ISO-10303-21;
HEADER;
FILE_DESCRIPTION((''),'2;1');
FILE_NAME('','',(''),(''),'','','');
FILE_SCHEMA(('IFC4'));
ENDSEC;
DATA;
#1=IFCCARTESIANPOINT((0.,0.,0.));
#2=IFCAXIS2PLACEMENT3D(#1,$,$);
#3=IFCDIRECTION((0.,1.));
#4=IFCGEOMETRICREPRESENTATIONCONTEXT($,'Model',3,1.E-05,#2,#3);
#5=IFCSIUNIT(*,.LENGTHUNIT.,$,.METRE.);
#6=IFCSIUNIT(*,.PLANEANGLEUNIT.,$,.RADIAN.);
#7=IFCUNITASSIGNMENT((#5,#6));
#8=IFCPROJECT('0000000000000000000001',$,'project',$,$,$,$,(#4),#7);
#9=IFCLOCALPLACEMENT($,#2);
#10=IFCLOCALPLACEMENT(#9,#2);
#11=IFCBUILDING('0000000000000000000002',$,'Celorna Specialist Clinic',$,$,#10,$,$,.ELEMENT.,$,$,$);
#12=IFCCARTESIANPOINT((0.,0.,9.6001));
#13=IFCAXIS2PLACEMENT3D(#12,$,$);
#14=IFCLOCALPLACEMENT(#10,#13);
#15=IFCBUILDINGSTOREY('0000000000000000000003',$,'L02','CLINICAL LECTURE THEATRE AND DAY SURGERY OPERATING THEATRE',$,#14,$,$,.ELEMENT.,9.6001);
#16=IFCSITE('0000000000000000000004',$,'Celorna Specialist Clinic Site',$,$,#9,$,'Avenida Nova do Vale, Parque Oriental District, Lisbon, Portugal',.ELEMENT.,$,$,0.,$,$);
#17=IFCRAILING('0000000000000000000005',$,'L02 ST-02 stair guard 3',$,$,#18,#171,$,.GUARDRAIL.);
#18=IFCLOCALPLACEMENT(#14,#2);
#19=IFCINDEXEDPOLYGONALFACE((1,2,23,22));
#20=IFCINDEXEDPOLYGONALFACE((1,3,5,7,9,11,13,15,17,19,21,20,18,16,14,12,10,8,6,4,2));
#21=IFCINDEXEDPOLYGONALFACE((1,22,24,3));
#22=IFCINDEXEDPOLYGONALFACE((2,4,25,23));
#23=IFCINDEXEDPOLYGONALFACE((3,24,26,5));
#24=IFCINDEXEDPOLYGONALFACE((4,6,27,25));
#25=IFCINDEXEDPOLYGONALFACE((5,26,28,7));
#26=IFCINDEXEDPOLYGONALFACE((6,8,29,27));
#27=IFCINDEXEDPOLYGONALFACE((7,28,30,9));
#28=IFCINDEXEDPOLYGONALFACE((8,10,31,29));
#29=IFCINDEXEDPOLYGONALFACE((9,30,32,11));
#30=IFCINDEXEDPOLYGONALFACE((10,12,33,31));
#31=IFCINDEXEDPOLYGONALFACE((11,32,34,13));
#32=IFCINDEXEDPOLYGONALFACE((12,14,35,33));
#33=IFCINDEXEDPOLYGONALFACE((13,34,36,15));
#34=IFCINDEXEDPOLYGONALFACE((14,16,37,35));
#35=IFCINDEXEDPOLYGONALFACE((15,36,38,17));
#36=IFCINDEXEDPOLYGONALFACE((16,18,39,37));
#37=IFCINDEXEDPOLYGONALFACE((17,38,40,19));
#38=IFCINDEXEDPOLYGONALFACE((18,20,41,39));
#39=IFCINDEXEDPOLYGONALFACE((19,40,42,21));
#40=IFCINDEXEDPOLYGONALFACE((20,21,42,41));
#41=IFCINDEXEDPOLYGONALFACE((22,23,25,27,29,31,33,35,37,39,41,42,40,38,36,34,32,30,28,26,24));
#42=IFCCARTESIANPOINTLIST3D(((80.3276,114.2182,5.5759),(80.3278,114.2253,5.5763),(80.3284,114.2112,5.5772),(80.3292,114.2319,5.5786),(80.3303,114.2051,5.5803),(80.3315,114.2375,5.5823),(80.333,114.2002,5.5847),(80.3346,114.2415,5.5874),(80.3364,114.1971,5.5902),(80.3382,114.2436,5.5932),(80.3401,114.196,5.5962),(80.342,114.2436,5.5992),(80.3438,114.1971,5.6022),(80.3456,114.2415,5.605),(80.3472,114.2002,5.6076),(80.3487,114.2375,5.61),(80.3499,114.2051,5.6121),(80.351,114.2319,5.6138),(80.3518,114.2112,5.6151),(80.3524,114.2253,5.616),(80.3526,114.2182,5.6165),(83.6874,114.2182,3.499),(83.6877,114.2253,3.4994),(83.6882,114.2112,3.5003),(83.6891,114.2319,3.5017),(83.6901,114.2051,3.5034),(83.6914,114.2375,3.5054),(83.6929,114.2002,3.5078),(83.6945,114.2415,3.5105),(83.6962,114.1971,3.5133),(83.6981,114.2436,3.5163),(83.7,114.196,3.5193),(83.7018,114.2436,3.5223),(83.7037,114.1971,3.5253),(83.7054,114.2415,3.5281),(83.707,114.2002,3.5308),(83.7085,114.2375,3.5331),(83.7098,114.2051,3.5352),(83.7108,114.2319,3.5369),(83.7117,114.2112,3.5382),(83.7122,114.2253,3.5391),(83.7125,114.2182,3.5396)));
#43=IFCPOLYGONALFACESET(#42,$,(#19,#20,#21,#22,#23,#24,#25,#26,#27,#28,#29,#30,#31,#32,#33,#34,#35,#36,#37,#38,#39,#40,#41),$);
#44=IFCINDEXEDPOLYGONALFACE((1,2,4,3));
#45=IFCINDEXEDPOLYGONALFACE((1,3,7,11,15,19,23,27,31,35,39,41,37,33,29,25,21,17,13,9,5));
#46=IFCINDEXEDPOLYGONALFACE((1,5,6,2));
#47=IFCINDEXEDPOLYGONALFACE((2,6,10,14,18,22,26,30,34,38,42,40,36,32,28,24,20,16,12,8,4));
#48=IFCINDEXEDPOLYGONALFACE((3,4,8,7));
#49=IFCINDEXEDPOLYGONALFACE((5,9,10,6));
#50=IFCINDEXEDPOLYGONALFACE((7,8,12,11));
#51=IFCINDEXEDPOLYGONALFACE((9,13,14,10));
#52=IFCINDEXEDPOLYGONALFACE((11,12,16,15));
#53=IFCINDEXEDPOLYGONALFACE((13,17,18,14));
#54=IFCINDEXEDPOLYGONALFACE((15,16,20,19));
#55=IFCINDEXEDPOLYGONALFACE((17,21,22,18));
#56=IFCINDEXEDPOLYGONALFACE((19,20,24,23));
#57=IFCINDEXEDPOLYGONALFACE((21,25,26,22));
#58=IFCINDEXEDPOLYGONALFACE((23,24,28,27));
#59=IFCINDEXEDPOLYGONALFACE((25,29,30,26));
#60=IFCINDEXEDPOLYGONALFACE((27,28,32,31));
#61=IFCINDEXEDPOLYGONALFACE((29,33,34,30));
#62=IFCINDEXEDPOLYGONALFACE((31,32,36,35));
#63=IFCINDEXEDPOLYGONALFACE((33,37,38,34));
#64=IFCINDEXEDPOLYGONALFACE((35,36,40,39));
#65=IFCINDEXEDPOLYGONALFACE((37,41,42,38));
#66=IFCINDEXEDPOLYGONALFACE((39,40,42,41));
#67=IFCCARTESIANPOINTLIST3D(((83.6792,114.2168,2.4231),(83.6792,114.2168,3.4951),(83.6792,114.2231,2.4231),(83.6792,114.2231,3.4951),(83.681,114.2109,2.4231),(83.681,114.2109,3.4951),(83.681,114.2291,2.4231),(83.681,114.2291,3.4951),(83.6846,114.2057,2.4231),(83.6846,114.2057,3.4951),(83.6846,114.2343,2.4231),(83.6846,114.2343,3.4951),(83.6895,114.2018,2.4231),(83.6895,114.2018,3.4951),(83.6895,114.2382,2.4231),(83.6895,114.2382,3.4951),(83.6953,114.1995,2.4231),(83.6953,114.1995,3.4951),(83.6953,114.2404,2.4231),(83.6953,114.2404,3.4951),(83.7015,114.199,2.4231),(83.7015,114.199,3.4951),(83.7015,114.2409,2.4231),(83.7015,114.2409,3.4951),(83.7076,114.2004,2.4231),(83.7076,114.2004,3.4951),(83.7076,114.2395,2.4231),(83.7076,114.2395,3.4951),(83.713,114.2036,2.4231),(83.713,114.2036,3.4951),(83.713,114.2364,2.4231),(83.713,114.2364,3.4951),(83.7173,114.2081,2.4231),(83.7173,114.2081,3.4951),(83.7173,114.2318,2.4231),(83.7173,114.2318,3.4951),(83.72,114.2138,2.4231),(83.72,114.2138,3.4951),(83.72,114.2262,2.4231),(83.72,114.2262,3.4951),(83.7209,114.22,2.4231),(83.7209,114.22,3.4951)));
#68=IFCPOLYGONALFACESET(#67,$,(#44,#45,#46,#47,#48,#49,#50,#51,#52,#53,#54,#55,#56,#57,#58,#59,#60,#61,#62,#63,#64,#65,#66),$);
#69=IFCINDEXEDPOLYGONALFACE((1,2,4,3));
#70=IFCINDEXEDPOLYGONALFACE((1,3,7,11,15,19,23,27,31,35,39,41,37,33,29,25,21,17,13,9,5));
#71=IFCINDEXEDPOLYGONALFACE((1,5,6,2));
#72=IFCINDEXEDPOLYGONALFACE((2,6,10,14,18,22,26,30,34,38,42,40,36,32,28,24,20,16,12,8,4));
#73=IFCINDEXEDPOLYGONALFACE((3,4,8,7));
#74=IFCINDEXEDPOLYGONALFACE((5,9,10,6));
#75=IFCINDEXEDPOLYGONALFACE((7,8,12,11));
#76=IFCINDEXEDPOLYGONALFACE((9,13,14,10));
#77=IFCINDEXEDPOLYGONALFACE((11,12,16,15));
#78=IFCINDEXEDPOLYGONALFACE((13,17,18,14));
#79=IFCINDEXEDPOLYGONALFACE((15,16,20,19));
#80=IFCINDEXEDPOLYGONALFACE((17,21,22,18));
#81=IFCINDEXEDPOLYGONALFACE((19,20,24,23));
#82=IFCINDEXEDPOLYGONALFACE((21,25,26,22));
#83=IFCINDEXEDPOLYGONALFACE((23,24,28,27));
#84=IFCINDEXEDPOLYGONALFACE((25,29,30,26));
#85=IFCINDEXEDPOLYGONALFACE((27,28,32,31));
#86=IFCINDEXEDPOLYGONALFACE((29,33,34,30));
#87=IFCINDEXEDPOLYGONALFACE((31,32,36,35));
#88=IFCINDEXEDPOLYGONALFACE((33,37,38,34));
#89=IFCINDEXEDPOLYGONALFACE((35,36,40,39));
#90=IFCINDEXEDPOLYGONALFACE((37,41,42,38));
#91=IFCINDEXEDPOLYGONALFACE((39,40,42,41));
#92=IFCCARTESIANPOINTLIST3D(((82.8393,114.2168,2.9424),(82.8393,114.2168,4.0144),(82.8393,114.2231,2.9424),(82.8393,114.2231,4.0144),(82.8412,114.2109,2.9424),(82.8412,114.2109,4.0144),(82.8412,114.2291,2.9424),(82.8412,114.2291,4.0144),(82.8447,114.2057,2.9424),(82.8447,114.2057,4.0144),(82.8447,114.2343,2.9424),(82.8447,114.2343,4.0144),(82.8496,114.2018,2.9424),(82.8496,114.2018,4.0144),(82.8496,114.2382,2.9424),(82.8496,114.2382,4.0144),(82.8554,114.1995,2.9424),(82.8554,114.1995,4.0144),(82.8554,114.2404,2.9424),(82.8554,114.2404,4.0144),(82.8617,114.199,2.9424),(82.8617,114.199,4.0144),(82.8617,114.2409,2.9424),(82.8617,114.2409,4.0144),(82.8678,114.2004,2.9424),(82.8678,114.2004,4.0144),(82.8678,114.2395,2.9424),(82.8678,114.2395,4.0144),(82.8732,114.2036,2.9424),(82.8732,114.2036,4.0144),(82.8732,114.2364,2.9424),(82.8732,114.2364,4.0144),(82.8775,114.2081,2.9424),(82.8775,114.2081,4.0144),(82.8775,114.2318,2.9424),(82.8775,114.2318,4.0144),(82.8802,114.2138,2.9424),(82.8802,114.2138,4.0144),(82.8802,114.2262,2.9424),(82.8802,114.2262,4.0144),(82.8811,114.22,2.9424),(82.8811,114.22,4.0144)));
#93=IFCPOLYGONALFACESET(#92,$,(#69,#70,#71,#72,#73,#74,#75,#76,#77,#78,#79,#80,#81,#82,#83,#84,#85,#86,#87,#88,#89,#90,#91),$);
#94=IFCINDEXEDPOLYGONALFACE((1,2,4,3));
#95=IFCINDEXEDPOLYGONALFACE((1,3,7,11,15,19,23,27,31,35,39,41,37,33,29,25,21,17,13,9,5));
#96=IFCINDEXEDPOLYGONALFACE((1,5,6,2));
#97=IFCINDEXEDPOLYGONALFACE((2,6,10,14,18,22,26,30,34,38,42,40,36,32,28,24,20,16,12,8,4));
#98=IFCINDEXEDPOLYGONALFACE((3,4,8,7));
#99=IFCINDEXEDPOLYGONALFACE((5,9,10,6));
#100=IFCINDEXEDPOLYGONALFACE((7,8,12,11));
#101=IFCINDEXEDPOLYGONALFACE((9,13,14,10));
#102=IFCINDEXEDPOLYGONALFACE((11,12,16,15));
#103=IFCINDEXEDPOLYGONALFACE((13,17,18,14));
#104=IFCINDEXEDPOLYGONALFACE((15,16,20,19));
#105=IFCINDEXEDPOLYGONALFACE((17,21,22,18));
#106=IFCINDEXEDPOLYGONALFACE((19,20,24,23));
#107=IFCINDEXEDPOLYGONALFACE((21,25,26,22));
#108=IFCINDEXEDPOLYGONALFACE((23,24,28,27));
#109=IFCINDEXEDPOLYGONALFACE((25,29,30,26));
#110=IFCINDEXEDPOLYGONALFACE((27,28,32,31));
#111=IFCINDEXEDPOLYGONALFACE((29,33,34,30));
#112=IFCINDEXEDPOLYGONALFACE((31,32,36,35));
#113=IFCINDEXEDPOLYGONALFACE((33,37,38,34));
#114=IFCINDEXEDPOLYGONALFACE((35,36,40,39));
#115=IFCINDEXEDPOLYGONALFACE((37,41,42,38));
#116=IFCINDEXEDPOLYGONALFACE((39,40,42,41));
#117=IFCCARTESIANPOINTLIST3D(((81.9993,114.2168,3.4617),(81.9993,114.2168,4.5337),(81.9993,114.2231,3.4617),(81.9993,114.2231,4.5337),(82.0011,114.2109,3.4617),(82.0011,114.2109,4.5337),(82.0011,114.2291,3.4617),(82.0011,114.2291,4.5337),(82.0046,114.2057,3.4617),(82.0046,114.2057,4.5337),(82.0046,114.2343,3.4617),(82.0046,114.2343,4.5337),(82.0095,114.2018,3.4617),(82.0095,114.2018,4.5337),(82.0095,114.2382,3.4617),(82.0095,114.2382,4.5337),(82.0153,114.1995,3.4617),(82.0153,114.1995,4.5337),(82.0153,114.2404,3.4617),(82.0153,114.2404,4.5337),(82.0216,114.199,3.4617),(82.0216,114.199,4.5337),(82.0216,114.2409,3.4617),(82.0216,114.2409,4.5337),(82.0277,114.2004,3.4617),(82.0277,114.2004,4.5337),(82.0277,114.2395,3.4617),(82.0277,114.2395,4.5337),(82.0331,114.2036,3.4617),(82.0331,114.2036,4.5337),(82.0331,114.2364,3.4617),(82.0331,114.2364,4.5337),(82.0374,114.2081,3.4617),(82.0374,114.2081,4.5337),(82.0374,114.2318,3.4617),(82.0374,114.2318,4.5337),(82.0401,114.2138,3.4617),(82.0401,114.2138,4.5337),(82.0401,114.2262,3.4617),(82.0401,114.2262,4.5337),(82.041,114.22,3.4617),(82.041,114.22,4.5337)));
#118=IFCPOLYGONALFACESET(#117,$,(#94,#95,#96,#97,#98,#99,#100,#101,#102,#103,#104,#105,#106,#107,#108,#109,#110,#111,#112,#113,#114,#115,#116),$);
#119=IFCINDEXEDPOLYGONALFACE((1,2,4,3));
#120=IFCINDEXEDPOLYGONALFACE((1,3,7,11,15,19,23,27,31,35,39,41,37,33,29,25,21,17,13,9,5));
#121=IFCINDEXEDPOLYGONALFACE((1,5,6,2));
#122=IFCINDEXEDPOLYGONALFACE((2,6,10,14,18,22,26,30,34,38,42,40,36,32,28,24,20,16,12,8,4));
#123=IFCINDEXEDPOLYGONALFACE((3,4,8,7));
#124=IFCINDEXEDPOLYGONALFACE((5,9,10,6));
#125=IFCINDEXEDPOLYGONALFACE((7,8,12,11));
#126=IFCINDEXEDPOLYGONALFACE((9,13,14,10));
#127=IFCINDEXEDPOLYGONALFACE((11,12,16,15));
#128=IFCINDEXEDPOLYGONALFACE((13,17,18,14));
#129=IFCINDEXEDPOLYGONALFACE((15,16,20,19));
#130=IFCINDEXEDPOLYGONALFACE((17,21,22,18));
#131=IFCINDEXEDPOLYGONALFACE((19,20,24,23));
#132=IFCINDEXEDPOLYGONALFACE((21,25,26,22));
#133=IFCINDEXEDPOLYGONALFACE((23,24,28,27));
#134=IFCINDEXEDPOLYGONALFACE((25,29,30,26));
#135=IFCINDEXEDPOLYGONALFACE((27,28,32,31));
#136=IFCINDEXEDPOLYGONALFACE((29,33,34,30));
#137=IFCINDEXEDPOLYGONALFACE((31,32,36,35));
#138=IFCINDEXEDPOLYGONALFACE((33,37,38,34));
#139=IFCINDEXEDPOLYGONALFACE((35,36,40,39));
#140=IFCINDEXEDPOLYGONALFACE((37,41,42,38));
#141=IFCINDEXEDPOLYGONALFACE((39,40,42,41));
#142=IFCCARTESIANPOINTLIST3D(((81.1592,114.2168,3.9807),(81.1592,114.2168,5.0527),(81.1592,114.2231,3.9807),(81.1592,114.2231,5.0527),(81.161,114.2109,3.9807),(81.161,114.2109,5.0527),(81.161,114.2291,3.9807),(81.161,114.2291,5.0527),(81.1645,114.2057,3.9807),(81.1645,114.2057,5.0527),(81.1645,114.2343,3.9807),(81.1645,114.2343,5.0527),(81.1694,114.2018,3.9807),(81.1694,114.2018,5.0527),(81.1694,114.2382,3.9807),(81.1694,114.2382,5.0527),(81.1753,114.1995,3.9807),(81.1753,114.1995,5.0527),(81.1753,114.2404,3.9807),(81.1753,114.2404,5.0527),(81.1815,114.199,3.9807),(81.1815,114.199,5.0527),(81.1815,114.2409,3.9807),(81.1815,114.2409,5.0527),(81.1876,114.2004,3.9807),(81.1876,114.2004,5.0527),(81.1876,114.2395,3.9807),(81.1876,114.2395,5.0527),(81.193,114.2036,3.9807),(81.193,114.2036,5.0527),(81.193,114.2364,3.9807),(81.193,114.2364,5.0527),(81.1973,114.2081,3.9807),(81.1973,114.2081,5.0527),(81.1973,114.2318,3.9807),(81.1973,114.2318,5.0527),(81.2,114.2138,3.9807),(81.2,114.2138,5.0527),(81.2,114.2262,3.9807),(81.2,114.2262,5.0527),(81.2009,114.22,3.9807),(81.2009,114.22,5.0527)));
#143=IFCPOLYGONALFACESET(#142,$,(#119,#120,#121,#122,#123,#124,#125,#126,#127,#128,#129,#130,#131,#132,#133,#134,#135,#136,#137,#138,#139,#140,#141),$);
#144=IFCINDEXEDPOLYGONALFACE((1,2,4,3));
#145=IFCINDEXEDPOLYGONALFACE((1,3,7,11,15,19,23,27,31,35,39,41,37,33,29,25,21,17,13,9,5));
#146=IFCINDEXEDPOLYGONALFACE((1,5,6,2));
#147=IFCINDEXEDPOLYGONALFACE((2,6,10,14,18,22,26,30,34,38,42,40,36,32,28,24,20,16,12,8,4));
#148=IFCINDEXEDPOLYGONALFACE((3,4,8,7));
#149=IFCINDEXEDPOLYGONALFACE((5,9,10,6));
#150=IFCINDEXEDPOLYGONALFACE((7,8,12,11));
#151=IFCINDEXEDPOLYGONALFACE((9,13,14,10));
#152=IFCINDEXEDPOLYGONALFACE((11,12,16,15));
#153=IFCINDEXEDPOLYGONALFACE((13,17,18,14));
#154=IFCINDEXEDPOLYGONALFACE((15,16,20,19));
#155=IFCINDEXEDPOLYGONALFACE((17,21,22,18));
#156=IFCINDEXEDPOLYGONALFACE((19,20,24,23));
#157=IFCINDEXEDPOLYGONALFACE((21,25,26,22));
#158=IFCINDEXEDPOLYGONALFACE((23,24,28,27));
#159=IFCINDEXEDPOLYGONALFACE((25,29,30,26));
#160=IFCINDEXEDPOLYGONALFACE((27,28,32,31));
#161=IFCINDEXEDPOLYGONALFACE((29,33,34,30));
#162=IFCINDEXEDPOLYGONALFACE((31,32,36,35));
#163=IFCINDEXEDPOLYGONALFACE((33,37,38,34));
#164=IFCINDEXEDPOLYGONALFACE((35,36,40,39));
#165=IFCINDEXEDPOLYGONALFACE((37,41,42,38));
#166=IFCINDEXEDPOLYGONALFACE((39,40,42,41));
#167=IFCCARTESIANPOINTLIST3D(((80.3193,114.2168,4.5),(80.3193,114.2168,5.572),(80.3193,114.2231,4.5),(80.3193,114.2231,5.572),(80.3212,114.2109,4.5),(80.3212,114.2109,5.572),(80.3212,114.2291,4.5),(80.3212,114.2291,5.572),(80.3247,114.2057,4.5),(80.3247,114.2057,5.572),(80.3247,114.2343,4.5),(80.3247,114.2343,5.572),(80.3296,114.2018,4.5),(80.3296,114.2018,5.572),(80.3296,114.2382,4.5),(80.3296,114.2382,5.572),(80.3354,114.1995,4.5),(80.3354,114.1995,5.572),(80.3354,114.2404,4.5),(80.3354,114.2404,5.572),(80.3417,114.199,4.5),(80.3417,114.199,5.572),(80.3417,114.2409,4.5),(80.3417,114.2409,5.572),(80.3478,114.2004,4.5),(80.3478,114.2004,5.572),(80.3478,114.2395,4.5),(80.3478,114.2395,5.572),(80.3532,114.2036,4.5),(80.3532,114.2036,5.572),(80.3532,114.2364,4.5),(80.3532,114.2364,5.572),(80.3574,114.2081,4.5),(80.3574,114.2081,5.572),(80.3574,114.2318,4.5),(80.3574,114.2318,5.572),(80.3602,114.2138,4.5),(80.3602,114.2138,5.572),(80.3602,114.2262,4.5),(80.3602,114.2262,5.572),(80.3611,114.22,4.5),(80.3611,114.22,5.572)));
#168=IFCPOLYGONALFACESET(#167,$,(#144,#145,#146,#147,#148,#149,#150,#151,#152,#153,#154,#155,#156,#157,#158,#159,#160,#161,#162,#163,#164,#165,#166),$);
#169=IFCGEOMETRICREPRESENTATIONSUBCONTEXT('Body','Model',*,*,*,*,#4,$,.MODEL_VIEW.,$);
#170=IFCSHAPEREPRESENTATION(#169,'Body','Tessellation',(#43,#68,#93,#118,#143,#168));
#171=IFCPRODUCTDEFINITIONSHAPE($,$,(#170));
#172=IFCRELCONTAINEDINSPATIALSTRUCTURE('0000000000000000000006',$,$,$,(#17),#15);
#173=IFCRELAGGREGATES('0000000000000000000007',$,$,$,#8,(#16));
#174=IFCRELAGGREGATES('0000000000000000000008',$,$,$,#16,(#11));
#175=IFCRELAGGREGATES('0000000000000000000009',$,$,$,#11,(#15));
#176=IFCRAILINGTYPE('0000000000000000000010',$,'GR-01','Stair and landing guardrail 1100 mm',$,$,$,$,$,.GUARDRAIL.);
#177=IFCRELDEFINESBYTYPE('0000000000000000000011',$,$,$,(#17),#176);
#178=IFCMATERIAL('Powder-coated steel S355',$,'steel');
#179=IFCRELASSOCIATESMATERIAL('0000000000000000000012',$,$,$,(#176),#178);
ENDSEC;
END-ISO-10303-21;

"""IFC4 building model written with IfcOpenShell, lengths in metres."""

from ifc_helpers import new_model, si_unit, direction, frame, origin, origin_2d, place, context, subcontext, project, spatial, circle, extrude, material, type_object, element, save


model = new_model("IFC4")

# Units and contexts
model_context = context("Model", 3, precision=1e-05, world=origin(), true_north=direction((0.0, 1.0)))
body_context = subcontext(model_context, "Body", "Model", "MODEL_VIEW")
ifc_project = project(units=[si_unit("LENGTHUNIT", "METRE"), si_unit("PLANEANGLEUNIT", "RADIAN")], contexts=[model_context])

# Site, building, storey
site_placement = place(None, origin())
site = spatial("IfcSite", under=ifc_project, at=site_placement, Name="Celorna Specialist Clinic Site", LongName="Avenida Nova do Vale, Parque Oriental District, Lisbon, Portugal", CompositionType="ELEMENT", RefElevation=0.0)
building_placement = place(site_placement, origin())
building = spatial("IfcBuilding", under=site, at=building_placement, Name="Celorna Specialist Clinic", CompositionType="ELEMENT")
storey_placement = place(building_placement, frame((0.0, 0.0, 9.6001)))
storey = spatial("IfcBuildingStorey", under=building, at=storey_placement, Name="L02", Description="CLINICAL LECTURE THEATRE AND DAY SURGERY OPERATING THEATRE", CompositionType="ELEMENT", Elevation=9.6001)

# Railing
ifc_material_1 = material(Name="Powder-coated steel S355", Category="steel")
railing_type_1 = type_object("IfcRailingType", Name="GR-01", Description="Stair and landing guardrail 1100 mm", PredefinedType="GUARDRAIL", material=ifc_material_1)
railing_1_placement = place(storey_placement, frame((83.7, 114.22, 2.4231)))
element("IfcRailing", 1, at=railing_1_placement, inside=storey, type_object=railing_type_1, Name="L02 ST-02 stair guard 3", PredefinedType="GUARDRAIL", context=body_context, shape_type="SweptSolid", body=[
    extrude(circle(Radius=0.0239, at=origin_2d()), frame((0.0, 0.0, 1.0962), z_axis=(-0.850606, 0.0, 0.525803), x_axis=(0.0, -1.0, 0.0)), (0.0, 0.0, 1.0), 3.95),
    extrude(circle(Radius=0.021, at=origin_2d()), origin(), (0.0, 0.0, 1.0), 1.072),
    extrude(circle(Radius=0.021, at=origin_2d()), frame((-0.8398, 0.0, 0.5193)), (0.0, 0.0, 1.0), 1.072),
    extrude(circle(Radius=0.021, at=origin_2d()), frame((-1.6799, 0.0, 1.0386)), (0.0, 0.0, 1.0), 1.072),
    extrude(circle(Radius=0.021, at=origin_2d()), frame((-2.52, 0.0, 1.5576)), (0.0, 0.0, 1.0), 1.072),
    extrude(circle(Radius=0.021, at=origin_2d()), frame((-3.3599, 0.0, 2.0769)), (0.0, 0.0, 1.0), 1.072),
])

save(model, "model.ifc")
